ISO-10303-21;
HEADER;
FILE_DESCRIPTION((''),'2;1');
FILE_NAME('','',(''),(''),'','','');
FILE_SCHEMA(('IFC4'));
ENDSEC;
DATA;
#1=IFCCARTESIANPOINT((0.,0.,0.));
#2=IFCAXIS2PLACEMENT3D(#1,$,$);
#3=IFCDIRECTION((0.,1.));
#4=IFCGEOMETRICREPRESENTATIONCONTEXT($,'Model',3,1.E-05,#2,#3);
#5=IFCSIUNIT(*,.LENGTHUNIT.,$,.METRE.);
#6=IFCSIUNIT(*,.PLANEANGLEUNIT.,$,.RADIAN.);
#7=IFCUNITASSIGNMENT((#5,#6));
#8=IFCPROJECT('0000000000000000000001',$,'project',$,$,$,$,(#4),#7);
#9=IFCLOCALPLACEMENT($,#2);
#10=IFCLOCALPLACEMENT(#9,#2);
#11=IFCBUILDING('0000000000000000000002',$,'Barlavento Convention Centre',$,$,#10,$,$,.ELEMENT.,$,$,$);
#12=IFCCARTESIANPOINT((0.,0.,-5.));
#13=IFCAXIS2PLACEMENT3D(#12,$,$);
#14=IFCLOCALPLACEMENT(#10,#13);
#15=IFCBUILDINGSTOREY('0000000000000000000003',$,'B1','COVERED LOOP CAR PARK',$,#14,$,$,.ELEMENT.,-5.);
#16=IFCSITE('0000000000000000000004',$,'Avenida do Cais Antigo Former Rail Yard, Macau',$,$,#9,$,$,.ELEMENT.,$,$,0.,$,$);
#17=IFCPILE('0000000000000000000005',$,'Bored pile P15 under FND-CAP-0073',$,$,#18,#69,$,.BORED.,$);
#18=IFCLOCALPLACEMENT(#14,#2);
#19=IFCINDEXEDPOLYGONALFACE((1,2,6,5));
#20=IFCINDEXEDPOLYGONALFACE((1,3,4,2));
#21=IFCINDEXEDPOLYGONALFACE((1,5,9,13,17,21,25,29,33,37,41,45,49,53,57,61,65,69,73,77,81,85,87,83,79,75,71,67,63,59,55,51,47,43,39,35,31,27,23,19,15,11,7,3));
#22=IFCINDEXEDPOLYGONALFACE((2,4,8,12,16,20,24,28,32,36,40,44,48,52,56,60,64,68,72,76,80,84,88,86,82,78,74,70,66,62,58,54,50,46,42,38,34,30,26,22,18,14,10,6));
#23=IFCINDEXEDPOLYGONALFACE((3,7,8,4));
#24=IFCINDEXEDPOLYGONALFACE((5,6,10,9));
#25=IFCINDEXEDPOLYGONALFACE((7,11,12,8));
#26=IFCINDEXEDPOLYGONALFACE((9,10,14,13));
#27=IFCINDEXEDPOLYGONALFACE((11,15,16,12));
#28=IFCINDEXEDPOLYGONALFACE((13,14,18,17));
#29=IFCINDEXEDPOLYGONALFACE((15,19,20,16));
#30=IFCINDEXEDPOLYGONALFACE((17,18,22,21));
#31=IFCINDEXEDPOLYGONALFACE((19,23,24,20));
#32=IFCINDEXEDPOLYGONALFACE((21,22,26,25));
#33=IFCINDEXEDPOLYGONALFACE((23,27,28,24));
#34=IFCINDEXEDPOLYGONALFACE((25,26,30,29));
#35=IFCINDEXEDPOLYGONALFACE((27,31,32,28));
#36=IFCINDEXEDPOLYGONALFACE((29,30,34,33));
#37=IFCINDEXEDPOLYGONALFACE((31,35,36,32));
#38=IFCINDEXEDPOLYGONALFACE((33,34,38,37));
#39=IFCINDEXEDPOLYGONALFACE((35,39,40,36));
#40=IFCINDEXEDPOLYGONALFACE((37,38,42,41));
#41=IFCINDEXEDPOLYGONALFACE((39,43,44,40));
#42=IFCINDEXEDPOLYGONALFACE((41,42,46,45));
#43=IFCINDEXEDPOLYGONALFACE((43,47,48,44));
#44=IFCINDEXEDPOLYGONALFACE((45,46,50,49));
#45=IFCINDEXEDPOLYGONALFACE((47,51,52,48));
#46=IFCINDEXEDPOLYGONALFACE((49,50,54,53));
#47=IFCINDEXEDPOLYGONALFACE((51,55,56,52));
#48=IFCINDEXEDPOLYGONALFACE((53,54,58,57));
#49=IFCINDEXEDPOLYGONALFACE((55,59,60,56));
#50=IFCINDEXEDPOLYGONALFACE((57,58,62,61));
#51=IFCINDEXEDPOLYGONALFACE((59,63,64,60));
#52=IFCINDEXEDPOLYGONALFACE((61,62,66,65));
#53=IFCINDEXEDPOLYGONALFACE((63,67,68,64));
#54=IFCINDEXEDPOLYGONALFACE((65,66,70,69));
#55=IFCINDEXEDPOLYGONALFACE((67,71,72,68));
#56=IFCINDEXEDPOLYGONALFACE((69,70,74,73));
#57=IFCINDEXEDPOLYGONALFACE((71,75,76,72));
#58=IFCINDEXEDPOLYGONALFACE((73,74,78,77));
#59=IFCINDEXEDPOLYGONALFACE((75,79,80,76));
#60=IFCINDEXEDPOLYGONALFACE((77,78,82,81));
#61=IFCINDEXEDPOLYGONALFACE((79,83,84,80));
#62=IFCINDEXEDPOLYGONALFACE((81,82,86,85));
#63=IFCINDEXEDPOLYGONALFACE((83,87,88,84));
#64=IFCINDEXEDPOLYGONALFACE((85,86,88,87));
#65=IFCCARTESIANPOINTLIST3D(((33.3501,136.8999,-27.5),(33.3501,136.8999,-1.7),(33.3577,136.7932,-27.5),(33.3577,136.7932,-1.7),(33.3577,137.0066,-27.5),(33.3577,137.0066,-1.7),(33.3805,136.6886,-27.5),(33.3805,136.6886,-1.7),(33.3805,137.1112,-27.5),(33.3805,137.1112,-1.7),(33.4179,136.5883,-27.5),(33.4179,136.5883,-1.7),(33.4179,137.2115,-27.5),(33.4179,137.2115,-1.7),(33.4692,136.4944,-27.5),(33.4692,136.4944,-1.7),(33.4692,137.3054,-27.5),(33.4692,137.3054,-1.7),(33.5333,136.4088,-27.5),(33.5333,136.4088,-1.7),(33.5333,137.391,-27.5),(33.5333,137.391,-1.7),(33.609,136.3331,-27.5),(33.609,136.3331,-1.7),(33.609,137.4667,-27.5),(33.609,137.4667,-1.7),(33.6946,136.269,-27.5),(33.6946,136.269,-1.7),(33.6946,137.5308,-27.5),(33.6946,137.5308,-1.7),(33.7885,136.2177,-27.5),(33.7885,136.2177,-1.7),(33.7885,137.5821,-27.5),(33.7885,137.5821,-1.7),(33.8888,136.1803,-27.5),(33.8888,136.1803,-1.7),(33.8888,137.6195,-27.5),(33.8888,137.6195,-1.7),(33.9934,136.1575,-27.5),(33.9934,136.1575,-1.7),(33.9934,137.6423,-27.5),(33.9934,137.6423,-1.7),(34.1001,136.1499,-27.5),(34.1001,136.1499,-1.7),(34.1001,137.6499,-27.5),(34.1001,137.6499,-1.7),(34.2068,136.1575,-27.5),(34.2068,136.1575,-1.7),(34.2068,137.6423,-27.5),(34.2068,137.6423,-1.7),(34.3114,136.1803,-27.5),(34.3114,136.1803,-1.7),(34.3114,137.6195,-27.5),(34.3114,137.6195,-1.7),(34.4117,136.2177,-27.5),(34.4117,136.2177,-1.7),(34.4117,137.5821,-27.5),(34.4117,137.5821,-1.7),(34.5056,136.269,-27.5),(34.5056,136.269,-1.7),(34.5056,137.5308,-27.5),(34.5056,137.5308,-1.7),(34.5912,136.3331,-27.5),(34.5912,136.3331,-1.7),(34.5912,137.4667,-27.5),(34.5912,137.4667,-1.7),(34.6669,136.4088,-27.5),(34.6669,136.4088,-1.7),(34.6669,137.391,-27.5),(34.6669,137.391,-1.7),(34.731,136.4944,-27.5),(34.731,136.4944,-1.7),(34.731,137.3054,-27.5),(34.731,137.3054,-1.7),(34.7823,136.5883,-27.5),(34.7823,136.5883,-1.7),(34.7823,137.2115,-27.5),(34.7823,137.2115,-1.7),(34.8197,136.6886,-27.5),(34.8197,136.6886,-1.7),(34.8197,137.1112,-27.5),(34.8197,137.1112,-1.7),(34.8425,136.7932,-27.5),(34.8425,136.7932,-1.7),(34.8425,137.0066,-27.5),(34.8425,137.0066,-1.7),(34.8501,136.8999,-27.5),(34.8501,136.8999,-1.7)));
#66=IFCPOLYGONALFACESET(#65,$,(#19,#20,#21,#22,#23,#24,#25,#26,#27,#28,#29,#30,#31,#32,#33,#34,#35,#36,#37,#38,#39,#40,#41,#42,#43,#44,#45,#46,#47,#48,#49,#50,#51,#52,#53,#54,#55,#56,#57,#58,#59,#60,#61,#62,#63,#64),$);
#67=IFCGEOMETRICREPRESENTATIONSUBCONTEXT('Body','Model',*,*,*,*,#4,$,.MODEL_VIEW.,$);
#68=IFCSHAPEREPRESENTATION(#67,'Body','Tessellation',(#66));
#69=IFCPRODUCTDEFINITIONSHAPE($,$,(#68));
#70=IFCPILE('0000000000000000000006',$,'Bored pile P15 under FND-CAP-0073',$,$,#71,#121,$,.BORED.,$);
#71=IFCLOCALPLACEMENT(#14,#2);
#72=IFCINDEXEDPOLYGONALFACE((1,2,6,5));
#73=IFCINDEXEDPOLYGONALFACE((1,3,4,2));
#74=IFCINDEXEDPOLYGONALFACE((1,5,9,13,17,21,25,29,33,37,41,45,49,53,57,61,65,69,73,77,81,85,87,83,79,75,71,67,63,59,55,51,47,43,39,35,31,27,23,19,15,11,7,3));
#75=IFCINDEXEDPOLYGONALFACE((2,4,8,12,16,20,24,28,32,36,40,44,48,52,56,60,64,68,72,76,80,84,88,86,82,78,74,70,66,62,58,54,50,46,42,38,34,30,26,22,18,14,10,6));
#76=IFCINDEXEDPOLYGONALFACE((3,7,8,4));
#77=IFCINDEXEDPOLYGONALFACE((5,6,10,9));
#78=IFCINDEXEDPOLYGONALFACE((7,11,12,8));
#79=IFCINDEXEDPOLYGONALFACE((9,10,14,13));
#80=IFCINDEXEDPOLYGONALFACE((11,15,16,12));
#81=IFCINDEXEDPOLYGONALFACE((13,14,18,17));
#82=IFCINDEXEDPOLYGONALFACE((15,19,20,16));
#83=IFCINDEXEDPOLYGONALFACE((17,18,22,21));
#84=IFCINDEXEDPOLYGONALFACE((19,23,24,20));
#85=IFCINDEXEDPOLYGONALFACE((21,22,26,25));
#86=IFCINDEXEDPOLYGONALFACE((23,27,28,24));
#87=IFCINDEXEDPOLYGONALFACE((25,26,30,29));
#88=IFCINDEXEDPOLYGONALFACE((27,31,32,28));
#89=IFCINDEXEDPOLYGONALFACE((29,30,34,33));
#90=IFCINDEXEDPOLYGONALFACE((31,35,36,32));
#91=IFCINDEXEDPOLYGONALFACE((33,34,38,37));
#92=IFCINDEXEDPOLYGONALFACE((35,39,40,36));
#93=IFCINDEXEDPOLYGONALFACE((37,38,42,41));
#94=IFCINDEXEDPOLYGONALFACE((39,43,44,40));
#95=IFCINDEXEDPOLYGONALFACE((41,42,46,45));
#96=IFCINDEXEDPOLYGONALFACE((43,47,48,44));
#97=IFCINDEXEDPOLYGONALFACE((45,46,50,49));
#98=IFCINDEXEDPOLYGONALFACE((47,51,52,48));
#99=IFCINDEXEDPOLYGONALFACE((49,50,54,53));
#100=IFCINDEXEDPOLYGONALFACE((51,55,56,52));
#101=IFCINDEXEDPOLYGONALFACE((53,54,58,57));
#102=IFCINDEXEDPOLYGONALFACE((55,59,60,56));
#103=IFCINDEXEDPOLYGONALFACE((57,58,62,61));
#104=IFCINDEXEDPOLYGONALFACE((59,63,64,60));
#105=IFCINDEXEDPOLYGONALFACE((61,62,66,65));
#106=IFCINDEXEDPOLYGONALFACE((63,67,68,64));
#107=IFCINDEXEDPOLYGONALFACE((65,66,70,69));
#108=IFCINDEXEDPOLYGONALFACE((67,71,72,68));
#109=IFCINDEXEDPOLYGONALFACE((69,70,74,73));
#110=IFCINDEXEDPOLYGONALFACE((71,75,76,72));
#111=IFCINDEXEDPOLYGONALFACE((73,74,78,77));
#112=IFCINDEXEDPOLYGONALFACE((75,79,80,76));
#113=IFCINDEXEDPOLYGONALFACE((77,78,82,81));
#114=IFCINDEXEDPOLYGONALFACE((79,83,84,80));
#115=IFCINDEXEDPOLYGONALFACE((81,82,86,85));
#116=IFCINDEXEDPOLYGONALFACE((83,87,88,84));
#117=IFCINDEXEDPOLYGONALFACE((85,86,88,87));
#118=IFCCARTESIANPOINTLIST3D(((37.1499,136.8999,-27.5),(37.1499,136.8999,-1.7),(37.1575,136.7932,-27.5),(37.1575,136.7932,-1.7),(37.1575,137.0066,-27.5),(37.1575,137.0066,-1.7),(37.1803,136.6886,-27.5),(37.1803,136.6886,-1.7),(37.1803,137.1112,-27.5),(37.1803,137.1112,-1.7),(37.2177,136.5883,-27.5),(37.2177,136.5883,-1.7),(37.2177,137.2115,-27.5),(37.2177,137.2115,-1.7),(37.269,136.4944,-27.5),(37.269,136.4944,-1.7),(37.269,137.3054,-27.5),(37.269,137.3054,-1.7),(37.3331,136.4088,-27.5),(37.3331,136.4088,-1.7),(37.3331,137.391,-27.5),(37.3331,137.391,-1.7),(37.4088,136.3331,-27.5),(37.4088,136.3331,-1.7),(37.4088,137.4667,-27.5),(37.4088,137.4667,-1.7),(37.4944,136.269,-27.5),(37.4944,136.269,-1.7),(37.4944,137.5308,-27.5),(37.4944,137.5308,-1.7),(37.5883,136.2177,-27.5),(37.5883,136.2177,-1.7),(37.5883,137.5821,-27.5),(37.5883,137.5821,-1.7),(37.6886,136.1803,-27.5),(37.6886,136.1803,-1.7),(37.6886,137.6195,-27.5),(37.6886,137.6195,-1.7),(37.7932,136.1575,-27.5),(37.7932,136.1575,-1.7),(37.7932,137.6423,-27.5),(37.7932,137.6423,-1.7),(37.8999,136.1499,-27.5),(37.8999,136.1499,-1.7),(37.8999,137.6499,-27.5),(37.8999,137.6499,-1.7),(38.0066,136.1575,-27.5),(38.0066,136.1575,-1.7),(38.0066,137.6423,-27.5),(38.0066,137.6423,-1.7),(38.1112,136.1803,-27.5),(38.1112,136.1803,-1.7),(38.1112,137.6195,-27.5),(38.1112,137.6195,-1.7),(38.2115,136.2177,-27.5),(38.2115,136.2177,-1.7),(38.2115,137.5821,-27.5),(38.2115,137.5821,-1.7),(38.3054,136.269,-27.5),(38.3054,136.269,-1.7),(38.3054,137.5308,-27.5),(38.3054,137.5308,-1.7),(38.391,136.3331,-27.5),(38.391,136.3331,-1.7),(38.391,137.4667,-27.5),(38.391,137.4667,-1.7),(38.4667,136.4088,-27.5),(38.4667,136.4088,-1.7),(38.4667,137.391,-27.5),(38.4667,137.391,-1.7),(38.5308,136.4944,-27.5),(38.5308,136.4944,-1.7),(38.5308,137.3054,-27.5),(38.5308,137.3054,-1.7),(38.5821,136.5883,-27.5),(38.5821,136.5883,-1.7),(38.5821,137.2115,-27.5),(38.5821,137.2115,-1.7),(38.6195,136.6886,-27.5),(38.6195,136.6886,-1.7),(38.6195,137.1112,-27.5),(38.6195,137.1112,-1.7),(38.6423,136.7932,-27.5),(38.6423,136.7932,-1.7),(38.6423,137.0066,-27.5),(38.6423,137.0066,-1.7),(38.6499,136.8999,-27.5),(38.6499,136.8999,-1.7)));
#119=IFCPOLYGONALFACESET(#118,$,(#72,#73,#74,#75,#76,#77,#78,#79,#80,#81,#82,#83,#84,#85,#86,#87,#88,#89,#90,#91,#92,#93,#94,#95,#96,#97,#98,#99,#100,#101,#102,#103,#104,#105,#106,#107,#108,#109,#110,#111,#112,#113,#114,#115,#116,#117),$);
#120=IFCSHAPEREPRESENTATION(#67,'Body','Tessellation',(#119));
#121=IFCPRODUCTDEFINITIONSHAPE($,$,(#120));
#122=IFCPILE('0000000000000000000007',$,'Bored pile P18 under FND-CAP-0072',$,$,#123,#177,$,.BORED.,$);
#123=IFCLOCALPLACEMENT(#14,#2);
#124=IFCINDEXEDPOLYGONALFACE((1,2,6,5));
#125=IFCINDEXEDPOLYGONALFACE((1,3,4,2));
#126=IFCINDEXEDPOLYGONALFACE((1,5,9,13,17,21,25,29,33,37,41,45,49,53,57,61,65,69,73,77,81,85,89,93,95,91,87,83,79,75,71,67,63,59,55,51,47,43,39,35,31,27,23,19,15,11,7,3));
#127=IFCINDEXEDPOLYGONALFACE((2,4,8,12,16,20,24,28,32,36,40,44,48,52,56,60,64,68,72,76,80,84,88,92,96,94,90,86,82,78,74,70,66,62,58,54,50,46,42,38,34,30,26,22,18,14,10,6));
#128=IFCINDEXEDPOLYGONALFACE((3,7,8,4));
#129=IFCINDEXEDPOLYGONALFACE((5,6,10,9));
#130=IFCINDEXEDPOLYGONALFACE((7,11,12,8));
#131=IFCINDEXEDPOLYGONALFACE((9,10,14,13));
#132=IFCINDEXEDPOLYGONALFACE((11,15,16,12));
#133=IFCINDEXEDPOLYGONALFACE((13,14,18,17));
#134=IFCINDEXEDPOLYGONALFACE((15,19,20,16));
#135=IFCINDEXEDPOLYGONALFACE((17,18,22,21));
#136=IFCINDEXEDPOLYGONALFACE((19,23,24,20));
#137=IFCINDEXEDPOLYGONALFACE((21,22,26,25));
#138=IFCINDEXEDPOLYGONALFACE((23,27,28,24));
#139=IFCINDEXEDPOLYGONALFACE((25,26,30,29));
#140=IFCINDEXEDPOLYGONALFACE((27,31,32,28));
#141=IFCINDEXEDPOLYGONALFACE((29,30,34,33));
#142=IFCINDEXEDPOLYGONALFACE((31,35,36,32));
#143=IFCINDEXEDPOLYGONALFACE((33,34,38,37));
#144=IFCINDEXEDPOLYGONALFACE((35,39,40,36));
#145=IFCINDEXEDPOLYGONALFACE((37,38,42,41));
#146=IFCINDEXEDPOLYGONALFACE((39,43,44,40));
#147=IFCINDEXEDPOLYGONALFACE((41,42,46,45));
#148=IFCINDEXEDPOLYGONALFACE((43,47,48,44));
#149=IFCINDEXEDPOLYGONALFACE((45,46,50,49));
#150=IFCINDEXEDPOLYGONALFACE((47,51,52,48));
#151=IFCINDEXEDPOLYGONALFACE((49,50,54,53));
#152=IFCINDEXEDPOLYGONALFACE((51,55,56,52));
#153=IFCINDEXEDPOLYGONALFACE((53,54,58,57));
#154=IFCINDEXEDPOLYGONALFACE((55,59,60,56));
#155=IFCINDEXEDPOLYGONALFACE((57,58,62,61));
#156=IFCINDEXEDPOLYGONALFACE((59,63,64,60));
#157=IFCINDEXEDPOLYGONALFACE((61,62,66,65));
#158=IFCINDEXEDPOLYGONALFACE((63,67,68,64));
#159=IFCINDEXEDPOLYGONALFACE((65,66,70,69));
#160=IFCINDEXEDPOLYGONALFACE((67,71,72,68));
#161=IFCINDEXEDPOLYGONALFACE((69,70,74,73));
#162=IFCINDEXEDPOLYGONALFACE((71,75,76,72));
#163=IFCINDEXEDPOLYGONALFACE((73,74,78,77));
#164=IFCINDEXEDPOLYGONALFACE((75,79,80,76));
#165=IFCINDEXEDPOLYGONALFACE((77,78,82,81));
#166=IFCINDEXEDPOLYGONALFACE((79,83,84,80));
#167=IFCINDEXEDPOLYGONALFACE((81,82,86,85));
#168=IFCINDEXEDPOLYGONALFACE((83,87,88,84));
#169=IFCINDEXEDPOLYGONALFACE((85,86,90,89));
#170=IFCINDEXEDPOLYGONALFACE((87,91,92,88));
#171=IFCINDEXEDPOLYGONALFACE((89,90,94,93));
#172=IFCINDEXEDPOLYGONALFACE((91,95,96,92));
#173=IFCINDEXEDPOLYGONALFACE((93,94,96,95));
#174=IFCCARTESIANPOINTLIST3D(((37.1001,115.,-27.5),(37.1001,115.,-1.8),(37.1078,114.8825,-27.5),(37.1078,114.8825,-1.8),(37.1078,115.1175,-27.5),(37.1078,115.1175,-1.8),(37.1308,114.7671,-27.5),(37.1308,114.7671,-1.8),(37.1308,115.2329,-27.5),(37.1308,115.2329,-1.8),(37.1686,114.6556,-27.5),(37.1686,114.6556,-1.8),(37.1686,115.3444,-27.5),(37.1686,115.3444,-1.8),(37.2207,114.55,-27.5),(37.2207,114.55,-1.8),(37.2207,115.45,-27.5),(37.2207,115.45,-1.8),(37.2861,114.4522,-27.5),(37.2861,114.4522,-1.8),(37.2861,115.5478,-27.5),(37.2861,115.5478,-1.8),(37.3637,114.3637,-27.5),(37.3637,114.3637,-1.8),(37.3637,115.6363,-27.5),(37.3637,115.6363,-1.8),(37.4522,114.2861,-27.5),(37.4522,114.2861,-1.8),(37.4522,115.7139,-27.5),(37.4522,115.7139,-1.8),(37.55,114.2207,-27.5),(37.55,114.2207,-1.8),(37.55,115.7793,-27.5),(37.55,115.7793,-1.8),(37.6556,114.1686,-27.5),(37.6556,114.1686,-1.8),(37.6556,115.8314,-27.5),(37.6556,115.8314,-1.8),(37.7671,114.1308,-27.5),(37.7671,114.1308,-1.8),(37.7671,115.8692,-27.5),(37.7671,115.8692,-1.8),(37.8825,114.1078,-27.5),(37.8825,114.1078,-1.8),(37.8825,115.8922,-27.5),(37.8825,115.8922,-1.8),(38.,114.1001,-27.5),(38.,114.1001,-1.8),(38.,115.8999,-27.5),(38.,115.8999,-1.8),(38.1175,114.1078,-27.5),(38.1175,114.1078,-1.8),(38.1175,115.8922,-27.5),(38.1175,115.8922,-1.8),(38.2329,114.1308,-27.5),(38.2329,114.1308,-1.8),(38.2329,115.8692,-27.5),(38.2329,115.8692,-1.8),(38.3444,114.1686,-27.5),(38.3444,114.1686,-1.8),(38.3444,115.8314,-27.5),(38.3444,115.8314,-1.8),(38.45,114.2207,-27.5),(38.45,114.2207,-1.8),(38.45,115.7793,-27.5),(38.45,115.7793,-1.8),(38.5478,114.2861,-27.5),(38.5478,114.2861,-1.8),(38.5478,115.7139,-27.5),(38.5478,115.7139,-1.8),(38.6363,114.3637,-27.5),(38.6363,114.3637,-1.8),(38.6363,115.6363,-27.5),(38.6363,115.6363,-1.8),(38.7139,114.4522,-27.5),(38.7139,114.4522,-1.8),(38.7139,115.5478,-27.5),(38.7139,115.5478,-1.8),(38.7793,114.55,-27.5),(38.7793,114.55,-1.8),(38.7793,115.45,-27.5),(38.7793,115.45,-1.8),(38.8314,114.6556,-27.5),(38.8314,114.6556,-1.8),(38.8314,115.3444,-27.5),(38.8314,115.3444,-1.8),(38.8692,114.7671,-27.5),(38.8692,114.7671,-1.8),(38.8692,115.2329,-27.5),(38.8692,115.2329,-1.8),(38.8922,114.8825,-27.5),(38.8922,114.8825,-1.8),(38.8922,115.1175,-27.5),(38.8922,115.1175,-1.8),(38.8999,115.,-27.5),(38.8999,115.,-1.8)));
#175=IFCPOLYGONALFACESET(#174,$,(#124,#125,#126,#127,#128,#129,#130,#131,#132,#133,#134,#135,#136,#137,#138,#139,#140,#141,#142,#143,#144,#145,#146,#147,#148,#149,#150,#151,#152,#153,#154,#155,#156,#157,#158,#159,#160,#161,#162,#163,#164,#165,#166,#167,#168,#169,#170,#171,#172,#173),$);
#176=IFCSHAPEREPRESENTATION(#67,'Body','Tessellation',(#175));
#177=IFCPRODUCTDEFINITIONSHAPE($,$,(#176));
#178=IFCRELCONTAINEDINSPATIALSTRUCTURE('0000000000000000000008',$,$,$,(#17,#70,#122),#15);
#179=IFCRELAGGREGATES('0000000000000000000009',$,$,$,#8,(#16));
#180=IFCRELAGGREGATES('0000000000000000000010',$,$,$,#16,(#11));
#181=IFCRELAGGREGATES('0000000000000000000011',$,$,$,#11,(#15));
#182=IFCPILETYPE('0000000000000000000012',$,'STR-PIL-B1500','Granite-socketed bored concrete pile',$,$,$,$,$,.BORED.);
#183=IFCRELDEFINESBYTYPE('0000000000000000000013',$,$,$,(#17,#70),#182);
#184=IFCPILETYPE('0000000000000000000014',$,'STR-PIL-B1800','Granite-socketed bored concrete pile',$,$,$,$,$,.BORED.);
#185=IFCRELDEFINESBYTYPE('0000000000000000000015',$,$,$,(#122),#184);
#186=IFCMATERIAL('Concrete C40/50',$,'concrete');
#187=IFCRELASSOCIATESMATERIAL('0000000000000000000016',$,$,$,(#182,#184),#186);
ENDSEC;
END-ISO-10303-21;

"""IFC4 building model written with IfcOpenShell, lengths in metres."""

from ifc_helpers import new_model, si_unit, direction, frame, origin, origin_2d, place, context, subcontext, project, spatial, circle, extrude, material, material_profile, profile_set, type_object, element, save


model = new_model("IFC4")

# Units and contexts
model_context = context("Model", 3, precision=1e-05, world=origin(), true_north=direction((0.0, 1.0)))
body_context = subcontext(model_context, "Body", "Model", "MODEL_VIEW")
ifc_project = project(units=[si_unit("LENGTHUNIT", "METRE"), si_unit("PLANEANGLEUNIT", "RADIAN")], contexts=[model_context])

# Site, building, storey
site_placement = place(None, origin())
site = spatial("IfcSite", under=ifc_project, at=site_placement, Name="Avenida do Cais Antigo Former Rail Yard, Macau", CompositionType="ELEMENT", RefElevation=0.0)
building_placement = place(site_placement, origin())
building = spatial("IfcBuilding", under=site, at=building_placement, Name="Barlavento Convention Centre", CompositionType="ELEMENT")
storey_placement = place(building_placement, frame((0.0, 0.0, -5.0)))
storey = spatial("IfcBuildingStorey", under=building, at=storey_placement, Name="B1", Description="COVERED LOOP CAR PARK", CompositionType="ELEMENT", Elevation=-5.0)

# Shared definitions
ifc_material_1 = material(Name="Concrete C40/50", Category="concrete")

# Piles
ifc_material_profile_1 = material_profile(ifc_material_1, circle(Radius=0.75, at=origin_2d()), Name="BORED PILE 1500")
ifc_profile_set_1 = profile_set([ifc_material_profile_1], Name="Concrete C40/50")
pile_type_1 = type_object("IfcPileType", Name="STR-PIL-B1500", Description="Granite-socketed bored concrete pile", PredefinedType="BORED", material=ifc_profile_set_1)
for number, where, z_axis, x_axis, name in (
    (1, (34.1001, 136.8999, -1.7), (0.0, 0.0, -1.0), (1.0, 0.0, 0.0), "Bored pile P15 under FND-CAP-0073"),
    (2, (37.8999, 136.8999, -1.7), (0.0, 0.0, -1.0), (1.0, 0.0, 0.0), "Bored pile P15 under FND-CAP-0073"),
):
    element("IfcPile", number, at=place(storey_placement, frame(where, z_axis=z_axis, x_axis=x_axis)), inside=storey, type_object=pile_type_1, Name=name, PredefinedType="BORED", context=body_context, shape_type="SweptSolid", body=[
        extrude(circle(Radius=0.75, at=origin_2d()), origin(), (0.0, 0.0, 1.0), 25.8),
    ])
ifc_material_profile_2 = material_profile(ifc_material_1, circle(Radius=0.8999, at=origin_2d()), Name="BORED PILE 1800")
ifc_profile_set_2 = profile_set([ifc_material_profile_2], Name="Concrete C40/50")
pile_type_2 = type_object("IfcPileType", Name="STR-PIL-B1800", Description="Granite-socketed bored concrete pile", PredefinedType="BORED", material=ifc_profile_set_2)
for number, where, z_axis, x_axis, name in (
    (3, (38.0, 115.0, -1.8), (0.0, 0.0, -1.0), (1.0, 0.0, 0.0), "Bored pile P18 under FND-CAP-0072"),
):
    element("IfcPile", number, at=place(storey_placement, frame(where, z_axis=z_axis, x_axis=x_axis)), inside=storey, type_object=pile_type_2, Name=name, PredefinedType="BORED", context=body_context, shape_type="SweptSolid", body=[
        extrude(circle(Radius=0.8999, at=origin_2d()), origin(), (0.0, 0.0, 1.0), 25.7),
    ])

save(model, "model.ifc")
